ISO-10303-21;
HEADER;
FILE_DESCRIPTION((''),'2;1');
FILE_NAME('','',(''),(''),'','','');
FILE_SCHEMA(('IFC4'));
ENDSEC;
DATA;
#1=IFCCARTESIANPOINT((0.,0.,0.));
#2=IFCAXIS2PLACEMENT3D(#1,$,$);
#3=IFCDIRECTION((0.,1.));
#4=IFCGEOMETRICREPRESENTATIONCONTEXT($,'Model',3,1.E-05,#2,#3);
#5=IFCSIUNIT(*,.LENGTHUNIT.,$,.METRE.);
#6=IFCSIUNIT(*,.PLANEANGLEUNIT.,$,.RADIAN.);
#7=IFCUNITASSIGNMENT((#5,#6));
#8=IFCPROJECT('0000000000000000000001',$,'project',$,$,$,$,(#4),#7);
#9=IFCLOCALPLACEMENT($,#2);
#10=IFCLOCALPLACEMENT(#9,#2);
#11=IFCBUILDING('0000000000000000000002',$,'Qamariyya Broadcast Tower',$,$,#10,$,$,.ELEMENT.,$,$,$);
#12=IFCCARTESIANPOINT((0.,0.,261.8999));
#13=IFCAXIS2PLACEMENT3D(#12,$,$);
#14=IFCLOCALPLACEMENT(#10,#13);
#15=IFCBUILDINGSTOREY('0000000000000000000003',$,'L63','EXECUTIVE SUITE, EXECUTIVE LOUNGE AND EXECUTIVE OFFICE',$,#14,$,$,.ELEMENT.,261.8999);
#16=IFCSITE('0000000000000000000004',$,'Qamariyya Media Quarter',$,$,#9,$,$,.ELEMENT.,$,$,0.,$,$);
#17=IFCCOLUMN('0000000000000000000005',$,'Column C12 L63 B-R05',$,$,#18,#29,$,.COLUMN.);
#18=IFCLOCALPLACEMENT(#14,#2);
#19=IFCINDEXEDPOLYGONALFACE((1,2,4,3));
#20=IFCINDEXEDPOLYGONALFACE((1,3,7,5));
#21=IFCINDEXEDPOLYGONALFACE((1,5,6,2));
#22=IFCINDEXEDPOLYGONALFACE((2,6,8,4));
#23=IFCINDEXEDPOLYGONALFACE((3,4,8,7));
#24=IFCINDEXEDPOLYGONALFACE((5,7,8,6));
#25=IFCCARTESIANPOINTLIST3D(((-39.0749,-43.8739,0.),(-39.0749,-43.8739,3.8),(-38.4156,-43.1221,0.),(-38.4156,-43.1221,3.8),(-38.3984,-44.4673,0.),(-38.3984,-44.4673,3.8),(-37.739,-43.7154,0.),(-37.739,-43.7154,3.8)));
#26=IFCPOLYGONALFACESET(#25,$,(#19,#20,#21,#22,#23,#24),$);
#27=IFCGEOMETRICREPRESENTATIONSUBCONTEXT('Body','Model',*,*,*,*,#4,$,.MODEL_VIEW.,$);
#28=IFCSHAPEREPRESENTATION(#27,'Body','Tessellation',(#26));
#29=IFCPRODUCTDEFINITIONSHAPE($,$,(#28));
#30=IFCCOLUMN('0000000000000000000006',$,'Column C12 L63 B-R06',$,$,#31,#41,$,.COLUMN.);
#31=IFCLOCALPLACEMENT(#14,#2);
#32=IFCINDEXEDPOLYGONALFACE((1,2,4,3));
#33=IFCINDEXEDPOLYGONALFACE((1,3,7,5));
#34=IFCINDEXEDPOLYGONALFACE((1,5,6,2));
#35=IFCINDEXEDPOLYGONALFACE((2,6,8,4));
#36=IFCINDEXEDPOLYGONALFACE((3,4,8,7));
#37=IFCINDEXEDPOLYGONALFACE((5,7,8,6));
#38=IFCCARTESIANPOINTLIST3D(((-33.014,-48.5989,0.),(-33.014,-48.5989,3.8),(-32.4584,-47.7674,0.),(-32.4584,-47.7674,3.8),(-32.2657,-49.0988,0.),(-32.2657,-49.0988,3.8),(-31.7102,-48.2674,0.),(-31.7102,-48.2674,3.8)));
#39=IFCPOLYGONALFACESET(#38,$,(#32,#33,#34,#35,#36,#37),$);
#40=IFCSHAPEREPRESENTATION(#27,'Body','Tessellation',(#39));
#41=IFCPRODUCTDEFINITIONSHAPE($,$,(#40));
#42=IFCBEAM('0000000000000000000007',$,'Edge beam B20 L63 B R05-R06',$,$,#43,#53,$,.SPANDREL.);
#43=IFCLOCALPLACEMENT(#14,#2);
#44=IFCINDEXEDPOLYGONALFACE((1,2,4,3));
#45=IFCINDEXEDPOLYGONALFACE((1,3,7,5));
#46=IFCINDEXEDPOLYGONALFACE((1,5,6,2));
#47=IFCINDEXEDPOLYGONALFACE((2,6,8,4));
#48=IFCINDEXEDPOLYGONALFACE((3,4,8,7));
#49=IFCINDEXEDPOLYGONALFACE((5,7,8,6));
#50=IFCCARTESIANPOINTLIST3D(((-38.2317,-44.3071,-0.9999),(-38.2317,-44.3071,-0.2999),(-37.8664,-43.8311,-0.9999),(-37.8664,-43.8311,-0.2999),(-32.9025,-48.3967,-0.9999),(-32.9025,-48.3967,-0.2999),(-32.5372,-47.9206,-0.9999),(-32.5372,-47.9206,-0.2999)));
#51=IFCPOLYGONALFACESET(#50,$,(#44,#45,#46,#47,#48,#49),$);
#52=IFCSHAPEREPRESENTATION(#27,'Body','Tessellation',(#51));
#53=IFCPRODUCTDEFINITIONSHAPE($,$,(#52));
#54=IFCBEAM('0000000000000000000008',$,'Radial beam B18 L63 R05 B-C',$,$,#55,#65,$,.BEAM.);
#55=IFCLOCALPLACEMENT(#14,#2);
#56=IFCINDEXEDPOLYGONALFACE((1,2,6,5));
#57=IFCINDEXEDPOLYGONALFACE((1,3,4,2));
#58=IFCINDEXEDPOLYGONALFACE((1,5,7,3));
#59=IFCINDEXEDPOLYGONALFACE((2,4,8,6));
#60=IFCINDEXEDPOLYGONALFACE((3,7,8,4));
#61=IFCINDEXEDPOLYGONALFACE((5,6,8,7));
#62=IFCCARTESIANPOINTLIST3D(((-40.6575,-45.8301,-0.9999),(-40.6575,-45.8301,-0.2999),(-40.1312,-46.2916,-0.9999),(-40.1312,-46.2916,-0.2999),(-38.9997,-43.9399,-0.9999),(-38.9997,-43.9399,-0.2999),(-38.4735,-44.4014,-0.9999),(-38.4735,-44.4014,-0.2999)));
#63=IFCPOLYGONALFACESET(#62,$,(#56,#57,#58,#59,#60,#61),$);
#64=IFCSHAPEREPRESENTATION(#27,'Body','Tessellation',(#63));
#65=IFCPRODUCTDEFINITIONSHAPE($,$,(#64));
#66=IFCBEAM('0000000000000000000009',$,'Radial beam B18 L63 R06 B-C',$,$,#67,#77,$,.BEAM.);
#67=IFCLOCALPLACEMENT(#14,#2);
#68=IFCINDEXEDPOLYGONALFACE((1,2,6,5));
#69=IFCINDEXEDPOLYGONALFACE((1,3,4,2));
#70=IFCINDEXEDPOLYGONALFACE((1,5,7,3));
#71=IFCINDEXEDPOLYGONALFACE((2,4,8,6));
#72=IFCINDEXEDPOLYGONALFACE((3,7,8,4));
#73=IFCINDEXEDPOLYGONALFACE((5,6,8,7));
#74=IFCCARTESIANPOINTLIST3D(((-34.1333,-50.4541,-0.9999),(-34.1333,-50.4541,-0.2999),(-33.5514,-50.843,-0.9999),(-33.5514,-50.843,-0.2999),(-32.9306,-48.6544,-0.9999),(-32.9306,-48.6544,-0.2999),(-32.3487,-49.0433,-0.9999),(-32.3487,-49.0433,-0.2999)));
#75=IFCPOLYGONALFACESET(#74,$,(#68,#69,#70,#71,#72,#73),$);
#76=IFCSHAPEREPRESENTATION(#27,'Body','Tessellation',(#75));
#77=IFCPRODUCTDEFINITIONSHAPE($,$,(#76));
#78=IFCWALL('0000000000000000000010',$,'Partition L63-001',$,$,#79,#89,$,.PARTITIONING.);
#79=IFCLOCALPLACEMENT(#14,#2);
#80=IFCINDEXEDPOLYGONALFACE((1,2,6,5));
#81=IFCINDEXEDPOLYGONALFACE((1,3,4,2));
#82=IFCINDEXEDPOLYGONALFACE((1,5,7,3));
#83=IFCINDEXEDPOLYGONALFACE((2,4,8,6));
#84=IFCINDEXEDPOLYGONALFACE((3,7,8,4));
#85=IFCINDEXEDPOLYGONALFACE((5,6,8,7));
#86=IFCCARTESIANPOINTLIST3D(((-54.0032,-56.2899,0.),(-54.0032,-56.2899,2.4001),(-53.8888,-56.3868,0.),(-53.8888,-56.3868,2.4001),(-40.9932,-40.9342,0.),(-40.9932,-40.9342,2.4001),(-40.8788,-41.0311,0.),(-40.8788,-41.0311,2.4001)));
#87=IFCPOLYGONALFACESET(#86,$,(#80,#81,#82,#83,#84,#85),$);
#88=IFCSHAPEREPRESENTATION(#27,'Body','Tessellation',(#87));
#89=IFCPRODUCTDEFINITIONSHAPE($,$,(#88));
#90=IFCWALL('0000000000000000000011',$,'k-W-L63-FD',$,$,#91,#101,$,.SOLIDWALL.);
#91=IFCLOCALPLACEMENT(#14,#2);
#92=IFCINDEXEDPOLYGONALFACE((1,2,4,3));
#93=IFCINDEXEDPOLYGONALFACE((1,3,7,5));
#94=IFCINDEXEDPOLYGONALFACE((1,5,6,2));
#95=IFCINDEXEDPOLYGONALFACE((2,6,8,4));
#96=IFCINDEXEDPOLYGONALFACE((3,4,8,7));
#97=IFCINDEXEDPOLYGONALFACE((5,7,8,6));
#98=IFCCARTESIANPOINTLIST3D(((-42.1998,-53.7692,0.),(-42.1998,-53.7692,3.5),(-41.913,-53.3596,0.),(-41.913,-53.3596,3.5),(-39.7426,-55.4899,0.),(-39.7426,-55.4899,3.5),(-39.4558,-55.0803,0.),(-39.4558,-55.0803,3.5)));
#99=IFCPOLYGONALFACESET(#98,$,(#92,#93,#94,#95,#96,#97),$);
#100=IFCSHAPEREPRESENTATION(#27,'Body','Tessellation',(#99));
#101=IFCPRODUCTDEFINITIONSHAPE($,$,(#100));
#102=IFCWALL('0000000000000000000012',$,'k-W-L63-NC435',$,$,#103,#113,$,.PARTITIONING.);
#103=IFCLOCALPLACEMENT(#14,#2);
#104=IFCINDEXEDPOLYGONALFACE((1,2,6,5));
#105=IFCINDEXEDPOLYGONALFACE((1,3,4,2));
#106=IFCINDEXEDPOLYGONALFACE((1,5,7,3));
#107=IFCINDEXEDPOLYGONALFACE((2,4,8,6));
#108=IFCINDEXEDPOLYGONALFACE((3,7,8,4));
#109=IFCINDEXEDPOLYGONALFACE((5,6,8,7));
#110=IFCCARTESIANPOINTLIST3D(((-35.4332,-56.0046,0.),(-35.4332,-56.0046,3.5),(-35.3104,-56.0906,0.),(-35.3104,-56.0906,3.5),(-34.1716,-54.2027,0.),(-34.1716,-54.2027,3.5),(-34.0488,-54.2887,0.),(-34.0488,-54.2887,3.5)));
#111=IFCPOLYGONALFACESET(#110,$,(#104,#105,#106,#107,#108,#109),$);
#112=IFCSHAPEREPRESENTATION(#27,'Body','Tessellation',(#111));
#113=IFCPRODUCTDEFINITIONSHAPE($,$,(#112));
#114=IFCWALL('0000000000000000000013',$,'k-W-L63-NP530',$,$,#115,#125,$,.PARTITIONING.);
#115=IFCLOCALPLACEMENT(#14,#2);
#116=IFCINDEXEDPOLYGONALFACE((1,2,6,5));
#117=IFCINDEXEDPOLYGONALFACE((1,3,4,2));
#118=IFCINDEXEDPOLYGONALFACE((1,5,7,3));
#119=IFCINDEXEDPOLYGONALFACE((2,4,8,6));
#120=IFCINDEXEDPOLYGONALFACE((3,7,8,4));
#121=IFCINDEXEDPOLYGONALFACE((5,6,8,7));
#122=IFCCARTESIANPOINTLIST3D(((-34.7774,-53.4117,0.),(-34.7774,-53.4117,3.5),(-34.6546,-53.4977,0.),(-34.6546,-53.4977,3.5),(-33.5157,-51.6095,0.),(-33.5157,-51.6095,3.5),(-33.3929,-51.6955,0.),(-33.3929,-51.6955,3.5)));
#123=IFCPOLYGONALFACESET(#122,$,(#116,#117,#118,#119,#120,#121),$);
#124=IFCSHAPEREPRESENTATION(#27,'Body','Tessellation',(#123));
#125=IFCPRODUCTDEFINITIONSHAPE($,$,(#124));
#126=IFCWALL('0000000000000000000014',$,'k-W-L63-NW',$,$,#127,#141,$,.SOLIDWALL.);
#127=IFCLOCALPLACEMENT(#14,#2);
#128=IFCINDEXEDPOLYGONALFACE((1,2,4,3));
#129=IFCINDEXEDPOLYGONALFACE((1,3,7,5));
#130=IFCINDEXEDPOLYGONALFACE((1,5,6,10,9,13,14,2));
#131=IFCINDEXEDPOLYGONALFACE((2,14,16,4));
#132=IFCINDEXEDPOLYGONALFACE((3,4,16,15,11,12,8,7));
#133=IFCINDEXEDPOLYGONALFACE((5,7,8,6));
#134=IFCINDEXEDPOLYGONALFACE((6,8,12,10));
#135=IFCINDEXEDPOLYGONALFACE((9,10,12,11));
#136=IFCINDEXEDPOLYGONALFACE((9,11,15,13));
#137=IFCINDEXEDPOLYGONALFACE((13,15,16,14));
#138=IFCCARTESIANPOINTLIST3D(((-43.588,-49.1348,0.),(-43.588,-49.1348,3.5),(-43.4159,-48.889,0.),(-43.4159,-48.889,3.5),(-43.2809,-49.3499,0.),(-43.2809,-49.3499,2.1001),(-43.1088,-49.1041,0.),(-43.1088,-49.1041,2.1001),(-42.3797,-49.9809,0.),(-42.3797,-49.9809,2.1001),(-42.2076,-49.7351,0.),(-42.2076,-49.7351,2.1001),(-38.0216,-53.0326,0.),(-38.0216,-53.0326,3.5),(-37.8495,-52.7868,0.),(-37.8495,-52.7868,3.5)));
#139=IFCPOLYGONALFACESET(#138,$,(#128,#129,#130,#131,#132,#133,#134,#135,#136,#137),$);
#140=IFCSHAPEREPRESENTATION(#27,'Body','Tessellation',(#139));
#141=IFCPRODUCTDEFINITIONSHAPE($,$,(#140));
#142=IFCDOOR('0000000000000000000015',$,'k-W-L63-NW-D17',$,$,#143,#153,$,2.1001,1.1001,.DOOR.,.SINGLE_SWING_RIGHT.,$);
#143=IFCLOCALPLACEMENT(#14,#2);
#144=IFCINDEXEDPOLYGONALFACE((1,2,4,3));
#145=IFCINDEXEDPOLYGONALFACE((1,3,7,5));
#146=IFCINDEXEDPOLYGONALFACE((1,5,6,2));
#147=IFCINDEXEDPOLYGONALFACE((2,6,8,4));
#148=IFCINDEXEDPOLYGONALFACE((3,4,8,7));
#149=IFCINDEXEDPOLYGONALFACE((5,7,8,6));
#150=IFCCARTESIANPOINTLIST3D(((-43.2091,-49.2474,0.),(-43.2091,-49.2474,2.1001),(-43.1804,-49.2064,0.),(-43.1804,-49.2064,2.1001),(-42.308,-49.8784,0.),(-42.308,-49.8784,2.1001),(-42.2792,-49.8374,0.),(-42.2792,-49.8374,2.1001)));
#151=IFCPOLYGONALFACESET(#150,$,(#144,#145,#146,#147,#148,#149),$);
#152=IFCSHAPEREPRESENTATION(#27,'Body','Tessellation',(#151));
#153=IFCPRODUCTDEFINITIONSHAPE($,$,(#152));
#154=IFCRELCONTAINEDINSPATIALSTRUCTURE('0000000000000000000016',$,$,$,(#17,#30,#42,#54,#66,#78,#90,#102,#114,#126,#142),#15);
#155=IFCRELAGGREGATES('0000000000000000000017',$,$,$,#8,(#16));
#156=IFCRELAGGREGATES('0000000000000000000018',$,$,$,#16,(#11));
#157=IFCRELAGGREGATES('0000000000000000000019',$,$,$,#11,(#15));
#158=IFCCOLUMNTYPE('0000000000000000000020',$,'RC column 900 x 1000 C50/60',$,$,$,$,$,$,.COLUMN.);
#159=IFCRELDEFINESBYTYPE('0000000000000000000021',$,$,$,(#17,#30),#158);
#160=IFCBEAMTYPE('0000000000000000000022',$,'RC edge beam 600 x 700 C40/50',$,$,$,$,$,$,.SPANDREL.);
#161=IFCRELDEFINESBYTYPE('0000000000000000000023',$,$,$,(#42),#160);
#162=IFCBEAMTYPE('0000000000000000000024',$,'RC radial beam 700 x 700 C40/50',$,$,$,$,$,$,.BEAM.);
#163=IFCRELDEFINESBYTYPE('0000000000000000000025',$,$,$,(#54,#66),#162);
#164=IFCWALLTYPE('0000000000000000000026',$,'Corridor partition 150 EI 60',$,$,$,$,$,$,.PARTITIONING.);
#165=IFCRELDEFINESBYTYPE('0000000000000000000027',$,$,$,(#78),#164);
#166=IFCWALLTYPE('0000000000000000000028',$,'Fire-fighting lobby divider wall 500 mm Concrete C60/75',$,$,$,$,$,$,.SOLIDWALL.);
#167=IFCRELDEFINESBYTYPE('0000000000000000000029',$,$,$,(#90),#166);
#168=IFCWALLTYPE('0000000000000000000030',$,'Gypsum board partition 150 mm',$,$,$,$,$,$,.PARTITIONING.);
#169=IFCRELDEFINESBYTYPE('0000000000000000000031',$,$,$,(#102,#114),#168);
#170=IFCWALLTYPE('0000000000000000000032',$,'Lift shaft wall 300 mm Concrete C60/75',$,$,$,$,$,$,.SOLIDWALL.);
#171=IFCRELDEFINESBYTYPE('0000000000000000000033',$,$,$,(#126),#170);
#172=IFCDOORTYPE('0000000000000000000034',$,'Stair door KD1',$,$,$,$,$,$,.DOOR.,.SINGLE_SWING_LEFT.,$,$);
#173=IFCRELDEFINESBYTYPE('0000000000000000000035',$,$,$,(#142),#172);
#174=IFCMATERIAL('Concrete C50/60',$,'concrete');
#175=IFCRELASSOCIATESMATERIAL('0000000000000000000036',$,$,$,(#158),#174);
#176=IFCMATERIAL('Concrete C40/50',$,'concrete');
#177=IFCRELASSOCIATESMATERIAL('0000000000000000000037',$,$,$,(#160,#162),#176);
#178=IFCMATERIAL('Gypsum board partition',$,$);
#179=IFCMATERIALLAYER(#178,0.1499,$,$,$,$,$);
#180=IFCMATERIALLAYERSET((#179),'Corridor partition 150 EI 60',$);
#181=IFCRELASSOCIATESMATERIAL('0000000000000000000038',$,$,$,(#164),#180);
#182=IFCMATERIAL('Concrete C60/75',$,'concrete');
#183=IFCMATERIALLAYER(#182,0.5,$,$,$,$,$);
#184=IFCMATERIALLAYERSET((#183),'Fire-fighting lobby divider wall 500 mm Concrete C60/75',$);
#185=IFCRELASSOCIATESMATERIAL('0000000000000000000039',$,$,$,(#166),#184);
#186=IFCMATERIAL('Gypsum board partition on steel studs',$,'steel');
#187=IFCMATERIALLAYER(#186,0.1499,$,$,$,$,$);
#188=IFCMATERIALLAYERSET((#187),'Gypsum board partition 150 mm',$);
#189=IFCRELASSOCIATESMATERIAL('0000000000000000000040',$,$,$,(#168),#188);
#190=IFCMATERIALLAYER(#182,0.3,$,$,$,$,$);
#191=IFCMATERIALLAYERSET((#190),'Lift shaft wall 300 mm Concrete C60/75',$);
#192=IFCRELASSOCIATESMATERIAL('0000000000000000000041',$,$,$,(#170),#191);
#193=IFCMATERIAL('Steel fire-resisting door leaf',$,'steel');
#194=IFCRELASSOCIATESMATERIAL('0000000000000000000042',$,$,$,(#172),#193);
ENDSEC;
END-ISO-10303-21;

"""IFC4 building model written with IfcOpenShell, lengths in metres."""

from ifc_helpers import new_model, si_unit, direction, frame, frame_2d, origin, origin_2d, place, context, subcontext, project, spatial, rectangle, extrude, material, layer, layer_set, material_profile, profile_set, type_object, element, fill, save


model = new_model("IFC4")

# Units and contexts
model_context = context("Model", 3, precision=1e-05, world=origin(), true_north=direction((0.0, 1.0)))
body_context = subcontext(model_context, "Body", "Model", "MODEL_VIEW")
ifc_project = project(units=[si_unit("LENGTHUNIT", "METRE"), si_unit("PLANEANGLEUNIT", "RADIAN")], contexts=[model_context])

# Site, building, storey
site_placement = place(None, origin())
site = spatial("IfcSite", under=ifc_project, at=site_placement, Name="Qamariyya Media Quarter", CompositionType="ELEMENT", RefElevation=0.0)
building_placement = place(site_placement, origin())
building = spatial("IfcBuilding", under=site, at=building_placement, Name="Qamariyya Broadcast Tower", CompositionType="ELEMENT")
storey_placement = place(building_placement, frame((0.0, 0.0, 261.8999)))
storey = spatial("IfcBuildingStorey", under=building, at=storey_placement, Name="L63", Description="EXECUTIVE SUITE, EXECUTIVE LOUNGE AND EXECUTIVE OFFICE", CompositionType="ELEMENT", Elevation=261.8999)

# Columns
ifc_material_1 = material(Name="Concrete C50/60", Category="concrete")
ifc_material_profile_1 = material_profile(ifc_material_1, rectangle(XDim=0.8999, YDim=1.0, at=origin_2d()))
ifc_profile_set_1 = profile_set([ifc_material_profile_1], Name="Concrete C50/60")
column_type = type_object("IfcColumnType", Name="RC column 900 x 1000 C50/60", PredefinedType="COLUMN", material=ifc_profile_set_1)
for number, where, z_axis, x_axis, name in (
    (1, (-38.407, -43.7947, 0.0), (0.0, 0.0, 1.0), (0.75184, -0.659346, 0.0), "Column C12 L63 B-R05"),
    (2, (-32.3621, -48.4331, 0.0), (0.0, 0.0, 1.0), (0.83147, -0.55557, 0.0), "Column C12 L63 B-R06"),
):
    element("IfcColumn", number, at=place(storey_placement, frame(where, z_axis=z_axis, x_axis=x_axis)), inside=storey, type_object=column_type, Name=name, PredefinedType="COLUMN", context=body_context, shape_type="SweptSolid", body=[
        extrude(rectangle(XDim=0.8999, YDim=1.0, at=origin_2d()), origin(), (0.0, 0.0, 1.0), 3.8),
    ])

# Beams
ifc_material_2 = material(Name="Concrete C40/50", Category="concrete")
ifc_material_profile_2 = material_profile(ifc_material_2, rectangle(XDim=0.6001, YDim=0.7, at=origin_2d()))
ifc_profile_set_2 = profile_set([ifc_material_profile_2], Name="Concrete C40/50")
beam_type_1 = type_object("IfcBeamType", Name="RC edge beam 600 x 700 C40/50", PredefinedType="SPANDREL", material=ifc_profile_set_2)
beam_1_placement = place(storey_placement, frame((-38.0491, -44.0691, -0.6499), z_axis=(0.793335, -0.608785, 0.0), x_axis=(0.608785, 0.793335, 0.0)))
element("IfcBeam", 3, at=beam_1_placement, inside=storey, type_object=beam_type_1, Name="Edge beam B20 L63 B R05-R06", PredefinedType="SPANDREL", context=body_context, shape_type="SweptSolid", body=[
    extrude(rectangle(XDim=0.6001, YDim=0.7, at=origin_2d()), origin(), (0.0, 0.0, 1.0), 6.7175),
])
ifc_material_profile_3 = material_profile(ifc_material_2, rectangle(XDim=0.7, YDim=0.7, at=origin_2d()))
ifc_profile_set_3 = profile_set([ifc_material_profile_3], Name="Concrete C40/50")
beam_type_2 = type_object("IfcBeamType", Name="RC radial beam 700 x 700 C40/50", PredefinedType="BEAM", material=ifc_profile_set_3)
beam_2_placement = place(storey_placement, frame((-38.7366, -44.1707, -0.6499), z_axis=(-0.65937, -0.751818, 0.0), x_axis=(0.751818, -0.65937, 0.0)))
element("IfcBeam", 4, at=beam_2_placement, inside=storey, type_object=beam_type_2, Name="Radial beam B18 L63 R05 B-C", PredefinedType="BEAM", context=body_context, shape_type="SweptSolid", body=[
    extrude(rectangle(XDim=0.7, YDim=0.7, at=origin_2d()), origin(), (0.0, 0.0, 1.0), 2.5142),
])
beam_3_placement = place(storey_placement, frame((-32.6396, -48.8489, -0.6499), z_axis=(-0.555637, -0.831425, 0.0), x_axis=(0.831425, -0.555637, 0.0)))
element("IfcBeam", 5, at=beam_3_placement, inside=storey, type_object=beam_type_2, Name="Radial beam B18 L63 R06 B-C", PredefinedType="BEAM", context=body_context, shape_type="SweptSolid", body=[
    extrude(rectangle(XDim=0.7, YDim=0.7, at=origin_2d()), origin(), (0.0, 0.0, 1.0), 2.1646),
])

# Walls
ifc_material_3 = material(Name="Gypsum board partition")
ifc_layer_1 = layer(ifc_material_3, 0.1499)
ifc_layer_set_1 = layer_set([ifc_layer_1], Name="Corridor partition 150 EI 60")
wall_type_1 = type_object("IfcWallType", Name="Corridor partition 150 EI 60", PredefinedType="PARTITIONING", material=ifc_layer_set_1)
wall_1_placement = place(storey_placement, frame((-40.936, -40.9827, 0.0), z_axis=(0.0, 0.0, 1.0), x_axis=(-0.646426, -0.762977, 0.0)))
element("IfcWall", 6, at=wall_1_placement, inside=storey, type_object=wall_type_1, Name="Partition L63-001", PredefinedType="PARTITIONING", context=body_context, shape_type="SweptSolid", body=[
    extrude(rectangle(XDim=20.126, YDim=0.1499, at=frame_2d((10.063, 0.0))), origin(), (0.0, 0.0, 1.0), 2.4001),
])
ifc_material_4 = material(Name="Concrete C60/75", Category="concrete")
ifc_layer_2 = layer(ifc_material_4, 0.5)
ifc_layer_set_2 = layer_set([ifc_layer_2], Name="Fire-fighting lobby divider wall 500 mm Concrete C60/75")
wall_type_2 = type_object("IfcWallType", Name="Fire-fighting lobby divider wall 500 mm Concrete C60/75", PredefinedType="SOLIDWALL", material=ifc_layer_set_2)
wall_2_placement = place(storey_placement, frame((-39.5991, -55.2852, 0.0), z_axis=(0.0, 0.0, 1.0), x_axis=(-0.819136, 0.573599, 0.0)))
element("IfcWall", 7, at=wall_2_placement, inside=storey, type_object=wall_type_2, Name="k-W-L63-FD", PredefinedType="SOLIDWALL", context=body_context, shape_type="SweptSolid", body=[
    extrude(rectangle(XDim=2.9998, YDim=0.5, at=frame_2d((1.5, 0.0))), origin(), (0.0, 0.0, 1.0), 3.5),
])
ifc_material_5 = material(Name="Gypsum board partition on steel studs", Category="steel")
ifc_layer_3 = layer(ifc_material_5, 0.1499)
ifc_layer_set_3 = layer_set([ifc_layer_3], Name="Gypsum board partition 150 mm")
wall_type_3 = type_object("IfcWallType", Name="Gypsum board partition 150 mm", PredefinedType="PARTITIONING", material=ifc_layer_set_3)
wall_3_placement = place(storey_placement, frame((-35.3718, -56.0476, 0.0), z_axis=(0.0, 0.0, 1.0), x_axis=(0.573559, 0.819164, 0.0)))
element("IfcWall", 8, at=wall_3_placement, inside=storey, type_object=wall_type_3, Name="k-W-L63-NC435", PredefinedType="PARTITIONING", context=body_context, shape_type="SweptSolid", body=[
    extrude(rectangle(XDim=2.1997, YDim=0.1499, at=frame_2d((1.0999, 0.0))), origin(), (0.0, 0.0, 1.0), 3.5),
])
wall_4_placement = place(storey_placement, frame((-34.7161, -53.4548, 0.0), z_axis=(0.0, 0.0, 1.0), x_axis=(0.573507, 0.819201, 0.0)))
element("IfcWall", 9, at=wall_4_placement, inside=storey, type_object=wall_type_3, Name="k-W-L63-NP530", PredefinedType="PARTITIONING", context=body_context, shape_type="SweptSolid", body=[
    extrude(rectangle(XDim=2.2, YDim=0.1499, at=frame_2d((1.1001, 0.0))), origin(), (0.0, 0.0, 1.0), 3.5),
])

# Wall, opening, door
ifc_layer_4 = layer(ifc_material_4, 0.3)
ifc_layer_set_4 = layer_set([ifc_layer_4], Name="Lift shaft wall 300 mm Concrete C60/75")
wall_type_4 = type_object("IfcWallType", Name="Lift shaft wall 300 mm Concrete C60/75", PredefinedType="SOLIDWALL", material=ifc_layer_set_4)
wall_5_placement = place(storey_placement, frame((-37.9355, -52.9097, 0.0), z_axis=(0.0, 0.0, 1.0), x_axis=(-0.819148, 0.573583, 0.0)))
wall_5 = element("IfcWall", 10, at=wall_5_placement, inside=storey, type_object=wall_type_4, Name="k-W-L63-NW", PredefinedType="SOLIDWALL", context=body_context, shape_type="SweptSolid", body=[
    extrude(rectangle(XDim=6.7954, YDim=0.3, at=frame_2d((3.3977, 0.0))), origin(), (0.0, 0.0, 1.0), 3.5),
])
opening_1_placement = place(wall_5_placement, frame((5.3203, 0.0, 0.0)))
opening_1 = element("IfcOpeningElement", 11, at=opening_1_placement, cuts=wall_5, PredefinedType="OPENING", context=body_context, shape_type="SweptSolid", body=[
    extrude(rectangle(XDim=1.1001, YDim=2.1001, at=frame_2d((0.55, 1.05))), frame((0.0, 0.1599, 0.0), z_axis=(0.0, -1.0, 0.0), x_axis=(1.0, 0.0, 0.0)), (0.0, 0.0, 1.0), 0.3201),
])
ifc_material_6 = material(Name="Steel fire-resisting door leaf", Category="steel")
door_type = type_object("IfcDoorType", Name="Stair door KD1", OperationType="SINGLE_SWING_LEFT", PredefinedType="DOOR", material=ifc_material_6)
door_placement = place(opening_1_placement, origin())
door = element("IfcDoor", 12, at=door_placement, inside=storey, type_object=door_type, Name="k-W-L63-NW-D17", OperationType="SINGLE_SWING_RIGHT", OverallHeight=2.1001, OverallWidth=1.1001, PredefinedType="DOOR", context=body_context, shape_type="SweptSolid", body=[
    extrude(rectangle(XDim=1.1001, YDim=2.1001, at=frame_2d((0.55, 1.05))), frame((0.0, 0.0249, 0.0), z_axis=(0.0, -1.0, 0.0), x_axis=(1.0, 0.0, 0.0)), (0.0, 0.0, 1.0), 0.05),
])
fill(opening_1, door)

save(model, "model.ifc")
